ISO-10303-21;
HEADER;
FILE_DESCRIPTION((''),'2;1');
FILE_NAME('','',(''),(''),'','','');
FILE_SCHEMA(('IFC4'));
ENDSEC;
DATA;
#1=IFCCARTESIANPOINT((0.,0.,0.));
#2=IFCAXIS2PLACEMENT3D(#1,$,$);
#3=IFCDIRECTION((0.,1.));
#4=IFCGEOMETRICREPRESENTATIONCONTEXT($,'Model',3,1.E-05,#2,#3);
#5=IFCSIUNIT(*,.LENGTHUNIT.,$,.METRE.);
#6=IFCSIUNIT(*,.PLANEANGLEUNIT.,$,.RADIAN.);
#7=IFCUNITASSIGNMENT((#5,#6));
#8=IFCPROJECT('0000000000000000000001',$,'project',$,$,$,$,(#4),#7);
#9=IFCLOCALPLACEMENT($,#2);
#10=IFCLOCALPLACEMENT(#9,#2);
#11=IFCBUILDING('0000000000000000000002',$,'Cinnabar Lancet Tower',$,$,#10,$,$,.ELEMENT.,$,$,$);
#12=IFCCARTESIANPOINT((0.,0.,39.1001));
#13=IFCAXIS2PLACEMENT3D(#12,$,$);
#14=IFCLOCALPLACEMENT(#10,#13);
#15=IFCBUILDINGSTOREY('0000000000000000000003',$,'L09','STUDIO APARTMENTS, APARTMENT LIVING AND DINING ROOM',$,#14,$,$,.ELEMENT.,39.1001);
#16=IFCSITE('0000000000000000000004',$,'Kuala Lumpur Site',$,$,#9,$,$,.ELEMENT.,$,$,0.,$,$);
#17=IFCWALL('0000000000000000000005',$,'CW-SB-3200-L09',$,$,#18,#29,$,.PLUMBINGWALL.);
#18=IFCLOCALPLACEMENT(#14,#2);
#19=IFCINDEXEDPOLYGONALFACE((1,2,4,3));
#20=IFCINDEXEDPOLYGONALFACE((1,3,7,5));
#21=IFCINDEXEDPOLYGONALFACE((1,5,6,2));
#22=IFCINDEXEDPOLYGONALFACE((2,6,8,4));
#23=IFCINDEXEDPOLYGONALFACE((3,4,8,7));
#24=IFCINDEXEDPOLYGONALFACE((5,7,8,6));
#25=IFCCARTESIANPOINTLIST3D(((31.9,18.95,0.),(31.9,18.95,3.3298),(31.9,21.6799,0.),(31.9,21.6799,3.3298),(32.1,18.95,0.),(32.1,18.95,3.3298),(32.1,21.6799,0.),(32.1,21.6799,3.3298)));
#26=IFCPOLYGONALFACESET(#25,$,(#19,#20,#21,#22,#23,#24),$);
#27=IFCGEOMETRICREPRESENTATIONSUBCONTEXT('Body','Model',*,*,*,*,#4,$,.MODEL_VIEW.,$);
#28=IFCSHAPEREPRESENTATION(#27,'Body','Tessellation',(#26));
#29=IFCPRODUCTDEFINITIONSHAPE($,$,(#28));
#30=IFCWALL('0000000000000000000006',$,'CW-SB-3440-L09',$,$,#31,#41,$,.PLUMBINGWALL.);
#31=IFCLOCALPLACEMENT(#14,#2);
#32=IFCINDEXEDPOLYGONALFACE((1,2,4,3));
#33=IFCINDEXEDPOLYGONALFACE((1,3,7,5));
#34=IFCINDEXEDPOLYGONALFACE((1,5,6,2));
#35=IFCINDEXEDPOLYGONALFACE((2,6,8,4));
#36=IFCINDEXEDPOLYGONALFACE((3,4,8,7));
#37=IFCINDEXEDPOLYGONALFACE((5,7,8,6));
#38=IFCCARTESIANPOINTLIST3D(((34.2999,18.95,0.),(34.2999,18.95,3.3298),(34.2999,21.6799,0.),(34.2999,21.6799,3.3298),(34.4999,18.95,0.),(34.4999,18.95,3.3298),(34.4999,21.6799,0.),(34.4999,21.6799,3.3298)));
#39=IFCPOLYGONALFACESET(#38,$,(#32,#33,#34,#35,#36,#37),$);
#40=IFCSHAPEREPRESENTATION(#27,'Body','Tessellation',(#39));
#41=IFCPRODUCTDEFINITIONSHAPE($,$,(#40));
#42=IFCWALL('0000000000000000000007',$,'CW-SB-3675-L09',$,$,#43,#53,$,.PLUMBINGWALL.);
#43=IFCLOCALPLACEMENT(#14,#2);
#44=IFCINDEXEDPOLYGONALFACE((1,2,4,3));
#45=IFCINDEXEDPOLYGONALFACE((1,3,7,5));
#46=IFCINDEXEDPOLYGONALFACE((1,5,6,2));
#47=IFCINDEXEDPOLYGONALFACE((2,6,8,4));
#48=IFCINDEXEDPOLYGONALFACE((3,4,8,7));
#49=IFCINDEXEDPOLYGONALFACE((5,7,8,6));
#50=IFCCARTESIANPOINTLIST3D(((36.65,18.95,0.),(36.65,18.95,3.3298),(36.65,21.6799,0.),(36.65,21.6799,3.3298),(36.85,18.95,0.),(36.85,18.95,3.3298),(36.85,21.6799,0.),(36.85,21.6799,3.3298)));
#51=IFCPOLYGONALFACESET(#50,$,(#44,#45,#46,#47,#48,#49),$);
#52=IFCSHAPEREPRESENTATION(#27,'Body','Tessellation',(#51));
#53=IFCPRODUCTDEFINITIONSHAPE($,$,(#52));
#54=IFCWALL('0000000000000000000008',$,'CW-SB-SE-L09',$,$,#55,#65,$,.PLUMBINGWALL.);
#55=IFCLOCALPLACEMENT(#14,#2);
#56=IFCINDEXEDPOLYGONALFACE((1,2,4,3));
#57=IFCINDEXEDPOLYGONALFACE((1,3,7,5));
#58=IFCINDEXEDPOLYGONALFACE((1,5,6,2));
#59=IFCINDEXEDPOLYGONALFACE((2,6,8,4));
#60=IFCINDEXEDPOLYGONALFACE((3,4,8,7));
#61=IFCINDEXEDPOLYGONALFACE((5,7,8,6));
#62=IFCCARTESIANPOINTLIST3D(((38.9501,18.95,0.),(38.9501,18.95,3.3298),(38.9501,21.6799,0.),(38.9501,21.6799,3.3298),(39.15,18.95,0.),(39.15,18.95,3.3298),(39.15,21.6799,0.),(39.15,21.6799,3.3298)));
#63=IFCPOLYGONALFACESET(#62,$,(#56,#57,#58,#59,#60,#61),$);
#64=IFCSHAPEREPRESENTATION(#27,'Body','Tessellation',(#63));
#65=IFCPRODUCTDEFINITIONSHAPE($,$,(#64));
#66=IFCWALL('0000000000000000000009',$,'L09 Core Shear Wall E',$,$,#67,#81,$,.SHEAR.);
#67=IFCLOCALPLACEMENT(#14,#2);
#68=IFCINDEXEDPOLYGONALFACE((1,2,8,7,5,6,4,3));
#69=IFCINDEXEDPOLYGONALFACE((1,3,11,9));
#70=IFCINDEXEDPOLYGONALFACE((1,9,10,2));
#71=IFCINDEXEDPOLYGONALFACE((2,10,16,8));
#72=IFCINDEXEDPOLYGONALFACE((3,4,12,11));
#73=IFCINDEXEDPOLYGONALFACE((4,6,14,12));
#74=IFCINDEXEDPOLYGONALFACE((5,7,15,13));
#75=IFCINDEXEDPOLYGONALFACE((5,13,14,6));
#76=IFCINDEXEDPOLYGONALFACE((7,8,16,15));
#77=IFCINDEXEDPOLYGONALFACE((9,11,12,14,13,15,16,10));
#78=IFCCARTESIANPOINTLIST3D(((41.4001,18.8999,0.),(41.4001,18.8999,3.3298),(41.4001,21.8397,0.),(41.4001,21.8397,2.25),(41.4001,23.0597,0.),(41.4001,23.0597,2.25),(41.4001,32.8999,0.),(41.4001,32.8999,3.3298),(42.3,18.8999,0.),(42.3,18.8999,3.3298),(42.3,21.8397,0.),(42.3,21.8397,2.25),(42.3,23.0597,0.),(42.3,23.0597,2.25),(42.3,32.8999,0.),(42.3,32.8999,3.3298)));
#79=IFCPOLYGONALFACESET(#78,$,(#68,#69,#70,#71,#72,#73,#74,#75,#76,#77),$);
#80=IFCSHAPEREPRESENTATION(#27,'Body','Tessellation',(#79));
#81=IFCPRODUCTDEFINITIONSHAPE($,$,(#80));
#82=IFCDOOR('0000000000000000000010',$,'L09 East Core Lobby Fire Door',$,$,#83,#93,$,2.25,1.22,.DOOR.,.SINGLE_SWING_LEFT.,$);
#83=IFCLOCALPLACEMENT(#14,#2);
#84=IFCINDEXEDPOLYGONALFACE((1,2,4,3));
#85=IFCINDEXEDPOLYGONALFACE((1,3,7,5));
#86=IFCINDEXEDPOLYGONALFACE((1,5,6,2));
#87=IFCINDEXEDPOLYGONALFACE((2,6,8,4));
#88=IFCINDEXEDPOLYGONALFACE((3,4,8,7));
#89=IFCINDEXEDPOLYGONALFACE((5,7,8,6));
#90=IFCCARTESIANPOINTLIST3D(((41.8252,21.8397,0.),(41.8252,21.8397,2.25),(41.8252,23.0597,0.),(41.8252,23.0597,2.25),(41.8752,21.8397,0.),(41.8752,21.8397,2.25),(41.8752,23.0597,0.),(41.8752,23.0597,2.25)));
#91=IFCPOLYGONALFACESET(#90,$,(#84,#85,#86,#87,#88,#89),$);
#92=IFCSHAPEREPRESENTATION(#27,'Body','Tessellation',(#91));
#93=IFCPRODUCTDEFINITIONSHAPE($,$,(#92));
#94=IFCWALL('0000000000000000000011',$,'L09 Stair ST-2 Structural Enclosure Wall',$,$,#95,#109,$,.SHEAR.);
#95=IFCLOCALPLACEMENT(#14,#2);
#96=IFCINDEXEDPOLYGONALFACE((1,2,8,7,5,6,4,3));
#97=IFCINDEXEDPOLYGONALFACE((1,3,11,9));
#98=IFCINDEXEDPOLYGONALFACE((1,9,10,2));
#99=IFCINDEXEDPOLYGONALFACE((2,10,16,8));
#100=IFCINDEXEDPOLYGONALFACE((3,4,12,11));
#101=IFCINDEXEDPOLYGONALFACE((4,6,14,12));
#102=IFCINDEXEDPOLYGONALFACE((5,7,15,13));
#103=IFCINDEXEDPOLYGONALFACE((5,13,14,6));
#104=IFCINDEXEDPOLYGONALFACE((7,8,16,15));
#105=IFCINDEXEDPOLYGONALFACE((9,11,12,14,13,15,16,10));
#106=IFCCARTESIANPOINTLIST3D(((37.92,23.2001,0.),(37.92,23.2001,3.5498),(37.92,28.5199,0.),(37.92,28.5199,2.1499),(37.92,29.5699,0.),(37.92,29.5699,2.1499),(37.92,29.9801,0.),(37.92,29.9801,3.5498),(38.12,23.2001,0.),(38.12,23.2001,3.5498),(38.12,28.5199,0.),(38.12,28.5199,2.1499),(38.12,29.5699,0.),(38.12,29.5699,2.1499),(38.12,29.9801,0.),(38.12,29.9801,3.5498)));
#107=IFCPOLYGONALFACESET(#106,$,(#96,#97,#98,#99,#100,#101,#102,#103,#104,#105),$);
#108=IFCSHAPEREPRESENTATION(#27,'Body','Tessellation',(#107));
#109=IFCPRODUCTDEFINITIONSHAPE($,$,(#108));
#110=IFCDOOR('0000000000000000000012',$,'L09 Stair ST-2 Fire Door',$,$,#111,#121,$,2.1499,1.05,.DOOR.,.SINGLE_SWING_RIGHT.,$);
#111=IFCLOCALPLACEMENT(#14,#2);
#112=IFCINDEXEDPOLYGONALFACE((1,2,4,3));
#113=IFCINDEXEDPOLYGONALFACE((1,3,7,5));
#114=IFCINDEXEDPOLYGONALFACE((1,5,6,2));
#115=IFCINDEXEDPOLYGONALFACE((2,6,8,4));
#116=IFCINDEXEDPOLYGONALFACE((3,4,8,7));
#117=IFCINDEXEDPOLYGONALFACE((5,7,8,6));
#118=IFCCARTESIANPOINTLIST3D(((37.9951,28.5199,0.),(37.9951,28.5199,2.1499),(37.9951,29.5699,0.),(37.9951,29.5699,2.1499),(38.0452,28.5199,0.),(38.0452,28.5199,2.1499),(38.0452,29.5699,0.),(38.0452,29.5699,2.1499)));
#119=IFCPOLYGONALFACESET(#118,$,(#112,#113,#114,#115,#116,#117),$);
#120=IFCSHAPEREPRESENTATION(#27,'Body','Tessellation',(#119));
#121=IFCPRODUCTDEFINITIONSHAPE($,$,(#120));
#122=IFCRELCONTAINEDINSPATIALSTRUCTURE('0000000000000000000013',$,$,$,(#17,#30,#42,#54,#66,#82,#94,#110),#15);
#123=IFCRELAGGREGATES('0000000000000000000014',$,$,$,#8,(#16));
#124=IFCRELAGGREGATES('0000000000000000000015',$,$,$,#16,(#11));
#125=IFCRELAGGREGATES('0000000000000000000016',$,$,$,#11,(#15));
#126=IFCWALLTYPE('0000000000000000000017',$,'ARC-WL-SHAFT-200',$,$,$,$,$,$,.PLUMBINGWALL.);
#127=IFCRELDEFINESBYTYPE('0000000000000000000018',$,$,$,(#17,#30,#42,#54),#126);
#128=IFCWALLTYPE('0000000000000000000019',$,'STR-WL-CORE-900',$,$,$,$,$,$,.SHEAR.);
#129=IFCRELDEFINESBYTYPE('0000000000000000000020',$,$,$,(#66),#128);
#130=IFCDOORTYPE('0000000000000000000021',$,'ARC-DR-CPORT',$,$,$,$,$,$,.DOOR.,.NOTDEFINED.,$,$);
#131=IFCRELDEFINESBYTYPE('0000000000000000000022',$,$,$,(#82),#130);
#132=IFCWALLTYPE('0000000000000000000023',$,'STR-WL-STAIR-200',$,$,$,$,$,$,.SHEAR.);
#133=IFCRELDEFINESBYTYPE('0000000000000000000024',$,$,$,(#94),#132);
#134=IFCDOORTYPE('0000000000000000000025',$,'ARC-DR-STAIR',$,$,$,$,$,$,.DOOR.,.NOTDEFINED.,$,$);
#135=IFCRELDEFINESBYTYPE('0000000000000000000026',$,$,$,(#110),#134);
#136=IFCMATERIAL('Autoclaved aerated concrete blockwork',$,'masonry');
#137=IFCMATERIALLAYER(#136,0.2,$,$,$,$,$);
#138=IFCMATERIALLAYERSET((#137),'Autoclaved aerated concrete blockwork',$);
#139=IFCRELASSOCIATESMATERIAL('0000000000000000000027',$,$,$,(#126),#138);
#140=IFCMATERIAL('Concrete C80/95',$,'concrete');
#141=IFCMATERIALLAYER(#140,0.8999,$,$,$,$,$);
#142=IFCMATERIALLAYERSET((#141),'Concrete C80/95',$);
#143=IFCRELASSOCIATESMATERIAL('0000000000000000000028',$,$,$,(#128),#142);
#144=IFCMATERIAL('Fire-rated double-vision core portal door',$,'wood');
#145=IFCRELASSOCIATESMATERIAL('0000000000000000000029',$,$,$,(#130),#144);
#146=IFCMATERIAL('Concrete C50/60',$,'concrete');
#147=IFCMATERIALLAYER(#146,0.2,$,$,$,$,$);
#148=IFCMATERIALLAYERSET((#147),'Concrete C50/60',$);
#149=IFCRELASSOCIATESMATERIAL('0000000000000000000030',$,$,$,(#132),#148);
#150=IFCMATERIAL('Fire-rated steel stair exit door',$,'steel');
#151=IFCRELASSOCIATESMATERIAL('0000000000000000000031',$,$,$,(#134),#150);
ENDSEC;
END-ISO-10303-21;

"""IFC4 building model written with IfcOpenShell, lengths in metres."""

from ifc_helpers import new_model, si_unit, direction, frame, frame_2d, origin, place, context, subcontext, project, spatial, rectangle, extrude, material, layer, layer_set, type_object, element, fill, save


model = new_model("IFC4")

# Units and contexts
model_context = context("Model", 3, precision=1e-05, world=origin(), true_north=direction((0.0, 1.0)))
body_context = subcontext(model_context, "Body", "Model", "MODEL_VIEW")
ifc_project = project(units=[si_unit("LENGTHUNIT", "METRE"), si_unit("PLANEANGLEUNIT", "RADIAN")], contexts=[model_context])

# Site, building, storey
site_placement = place(None, origin())
site = spatial("IfcSite", under=ifc_project, at=site_placement, Name="Kuala Lumpur Site", CompositionType="ELEMENT", RefElevation=0.0)
building_placement = place(site_placement, origin())
building = spatial("IfcBuilding", under=site, at=building_placement, Name="Cinnabar Lancet Tower", CompositionType="ELEMENT")
storey_placement = place(building_placement, frame((0.0, 0.0, 39.1001)))
storey = spatial("IfcBuildingStorey", under=building, at=storey_placement, Name="L09", Description="STUDIO APARTMENTS, APARTMENT LIVING AND DINING ROOM", CompositionType="ELEMENT", Elevation=39.1001)

# Shared definitions
ifc_material_1 = material(Name="Autoclaved aerated concrete blockwork", Category="masonry")
ifc_layer_1 = layer(ifc_material_1, 0.2)
ifc_layer_set_1 = layer_set([ifc_layer_1], Name="Autoclaved aerated concrete blockwork")
wall_type_1 = type_object("IfcWallType", Name="ARC-WL-SHAFT-200", PredefinedType="PLUMBINGWALL", material=ifc_layer_set_1)

# Walls
for number, where, z_axis, x_axis, name in (
    (1, (32.0, 18.95, 0.0), (0.0, 0.0, 1.0), (0.0, 1.0, 0.0), "CW-SB-3200-L09"),
    (2, (34.3999, 18.95, 0.0), (0.0, 0.0, 1.0), (0.0, 1.0, 0.0), "CW-SB-3440-L09"),
    (3, (36.75, 18.95, 0.0), (0.0, 0.0, 1.0), (0.0, 1.0, 0.0), "CW-SB-3675-L09"),
    (4, (39.05, 18.95, 0.0), (0.0, 0.0, 1.0), (0.0, 1.0, 0.0), "CW-SB-SE-L09"),
):
    element("IfcWall", number, at=place(storey_placement, frame(where, z_axis=z_axis, x_axis=x_axis)), inside=storey, type_object=wall_type_1, Name=name, PredefinedType="PLUMBINGWALL", context=body_context, shape_type="SweptSolid", body=[
        extrude(rectangle(XDim=2.73, YDim=0.2, at=frame_2d((1.365, 0.0))), origin(), (0.0, 0.0, 1.0), 3.3298),
    ])

# Walls, openings, doors
ifc_material_2 = material(Name="Concrete C80/95", Category="concrete")
ifc_layer_2 = layer(ifc_material_2, 0.8999)
ifc_layer_set_2 = layer_set([ifc_layer_2], Name="Concrete C80/95")
wall_type_2 = type_object("IfcWallType", Name="STR-WL-CORE-900", PredefinedType="SHEAR", material=ifc_layer_set_2)
wall_1_placement = place(storey_placement, frame((41.8501, 18.8999, 0.0), z_axis=(0.0, 0.0, 1.0), x_axis=(0.0, 1.0, 0.0)))
wall_1 = element("IfcWall", 5, at=wall_1_placement, inside=storey, type_object=wall_type_2, Name="L09 Core Shear Wall E", PredefinedType="SHEAR", context=body_context, shape_type="SweptSolid", body=[
    extrude(rectangle(XDim=14.0, YDim=0.8999, at=frame_2d((7.0, 0.0))), origin(), (0.0, 0.0, 1.0), 3.3298),
])
opening_1_placement = place(wall_1_placement, frame((2.9399, 0.0, 0.0)))
opening_1 = element("IfcOpeningElement", 6, at=opening_1_placement, cuts=wall_1, PredefinedType="OPENING", context=body_context, shape_type="SweptSolid", body=[
    extrude(rectangle(XDim=1.22, YDim=2.25, at=frame_2d((0.6099, 1.125))), frame((0.0, 0.46, 0.0), z_axis=(0.0, -1.0, 0.0), x_axis=(1.0, 0.0, 0.0)), (0.0, 0.0, 1.0), 0.9199),
])
ifc_material_3 = material(Name="Fire-rated double-vision core portal door", Category="wood")
door_type_1 = type_object("IfcDoorType", Name="ARC-DR-CPORT", OperationType="NOTDEFINED", PredefinedType="DOOR", material=ifc_material_3)
door_1_placement = place(opening_1_placement, origin())
door_1 = element("IfcDoor", 7, at=door_1_placement, inside=storey, type_object=door_type_1, Name="L09 East Core Lobby Fire Door", OperationType="SINGLE_SWING_LEFT", OverallHeight=2.25, OverallWidth=1.22, PredefinedType="DOOR", context=body_context, shape_type="SweptSolid", body=[
    extrude(rectangle(XDim=1.22, YDim=2.25, at=frame_2d((0.6099, 1.125))), frame((0.0, 0.0249, 0.0), z_axis=(0.0, -1.0, 0.0), x_axis=(1.0, 0.0, 0.0)), (0.0, 0.0, 1.0), 0.05),
])
fill(opening_1, door_1)
ifc_material_4 = material(Name="Concrete C50/60", Category="concrete")
ifc_layer_3 = layer(ifc_material_4, 0.2)
ifc_layer_set_3 = layer_set([ifc_layer_3], Name="Concrete C50/60")
wall_type_3 = type_object("IfcWallType", Name="STR-WL-STAIR-200", PredefinedType="SHEAR", material=ifc_layer_set_3)
wall_2_placement = place(storey_placement, frame((38.02, 23.2, 0.0), z_axis=(0.0, 0.0, 1.0), x_axis=(0.0, 1.0, 0.0)))
wall_2 = element("IfcWall", 8, at=wall_2_placement, inside=storey, type_object=wall_type_3, Name="L09 Stair ST-2 Structural Enclosure Wall", PredefinedType="SHEAR", context=body_context, shape_type="SweptSolid", body=[
    extrude(rectangle(XDim=6.78, YDim=0.2, at=frame_2d((3.3901, 0.0))), origin(), (0.0, 0.0, 1.0), 3.5498),
])
opening_2_placement = place(wall_2_placement, frame((5.3201, 0.0, 0.0)))
opening_2 = element("IfcOpeningElement", 9, at=opening_2_placement, cuts=wall_2, PredefinedType="OPENING", context=body_context, shape_type="SweptSolid", body=[
    extrude(rectangle(XDim=1.05, YDim=2.1499, at=frame_2d((0.5249, 1.075))), frame((0.0, 0.1099, 0.0), z_axis=(0.0, -1.0, 0.0), x_axis=(1.0, 0.0, 0.0)), (0.0, 0.0, 1.0), 0.22),
])
ifc_material_5 = material(Name="Fire-rated steel stair exit door", Category="steel")
door_type_2 = type_object("IfcDoorType", Name="ARC-DR-STAIR", OperationType="NOTDEFINED", PredefinedType="DOOR", material=ifc_material_5)
door_2_placement = place(opening_2_placement, origin())
door_2 = element("IfcDoor", 10, at=door_2_placement, inside=storey, type_object=door_type_2, Name="L09 Stair ST-2 Fire Door", OperationType="SINGLE_SWING_RIGHT", OverallHeight=2.1499, OverallWidth=1.05, PredefinedType="DOOR", context=body_context, shape_type="SweptSolid", body=[
    extrude(rectangle(XDim=1.05, YDim=2.1499, at=frame_2d((0.5249, 1.075))), frame((0.0, 0.0249, 0.0), z_axis=(0.0, -1.0, 0.0), x_axis=(1.0, 0.0, 0.0)), (0.0, 0.0, 1.0), 0.05),
])
fill(opening_2, door_2)

save(model, "model.ifc")
